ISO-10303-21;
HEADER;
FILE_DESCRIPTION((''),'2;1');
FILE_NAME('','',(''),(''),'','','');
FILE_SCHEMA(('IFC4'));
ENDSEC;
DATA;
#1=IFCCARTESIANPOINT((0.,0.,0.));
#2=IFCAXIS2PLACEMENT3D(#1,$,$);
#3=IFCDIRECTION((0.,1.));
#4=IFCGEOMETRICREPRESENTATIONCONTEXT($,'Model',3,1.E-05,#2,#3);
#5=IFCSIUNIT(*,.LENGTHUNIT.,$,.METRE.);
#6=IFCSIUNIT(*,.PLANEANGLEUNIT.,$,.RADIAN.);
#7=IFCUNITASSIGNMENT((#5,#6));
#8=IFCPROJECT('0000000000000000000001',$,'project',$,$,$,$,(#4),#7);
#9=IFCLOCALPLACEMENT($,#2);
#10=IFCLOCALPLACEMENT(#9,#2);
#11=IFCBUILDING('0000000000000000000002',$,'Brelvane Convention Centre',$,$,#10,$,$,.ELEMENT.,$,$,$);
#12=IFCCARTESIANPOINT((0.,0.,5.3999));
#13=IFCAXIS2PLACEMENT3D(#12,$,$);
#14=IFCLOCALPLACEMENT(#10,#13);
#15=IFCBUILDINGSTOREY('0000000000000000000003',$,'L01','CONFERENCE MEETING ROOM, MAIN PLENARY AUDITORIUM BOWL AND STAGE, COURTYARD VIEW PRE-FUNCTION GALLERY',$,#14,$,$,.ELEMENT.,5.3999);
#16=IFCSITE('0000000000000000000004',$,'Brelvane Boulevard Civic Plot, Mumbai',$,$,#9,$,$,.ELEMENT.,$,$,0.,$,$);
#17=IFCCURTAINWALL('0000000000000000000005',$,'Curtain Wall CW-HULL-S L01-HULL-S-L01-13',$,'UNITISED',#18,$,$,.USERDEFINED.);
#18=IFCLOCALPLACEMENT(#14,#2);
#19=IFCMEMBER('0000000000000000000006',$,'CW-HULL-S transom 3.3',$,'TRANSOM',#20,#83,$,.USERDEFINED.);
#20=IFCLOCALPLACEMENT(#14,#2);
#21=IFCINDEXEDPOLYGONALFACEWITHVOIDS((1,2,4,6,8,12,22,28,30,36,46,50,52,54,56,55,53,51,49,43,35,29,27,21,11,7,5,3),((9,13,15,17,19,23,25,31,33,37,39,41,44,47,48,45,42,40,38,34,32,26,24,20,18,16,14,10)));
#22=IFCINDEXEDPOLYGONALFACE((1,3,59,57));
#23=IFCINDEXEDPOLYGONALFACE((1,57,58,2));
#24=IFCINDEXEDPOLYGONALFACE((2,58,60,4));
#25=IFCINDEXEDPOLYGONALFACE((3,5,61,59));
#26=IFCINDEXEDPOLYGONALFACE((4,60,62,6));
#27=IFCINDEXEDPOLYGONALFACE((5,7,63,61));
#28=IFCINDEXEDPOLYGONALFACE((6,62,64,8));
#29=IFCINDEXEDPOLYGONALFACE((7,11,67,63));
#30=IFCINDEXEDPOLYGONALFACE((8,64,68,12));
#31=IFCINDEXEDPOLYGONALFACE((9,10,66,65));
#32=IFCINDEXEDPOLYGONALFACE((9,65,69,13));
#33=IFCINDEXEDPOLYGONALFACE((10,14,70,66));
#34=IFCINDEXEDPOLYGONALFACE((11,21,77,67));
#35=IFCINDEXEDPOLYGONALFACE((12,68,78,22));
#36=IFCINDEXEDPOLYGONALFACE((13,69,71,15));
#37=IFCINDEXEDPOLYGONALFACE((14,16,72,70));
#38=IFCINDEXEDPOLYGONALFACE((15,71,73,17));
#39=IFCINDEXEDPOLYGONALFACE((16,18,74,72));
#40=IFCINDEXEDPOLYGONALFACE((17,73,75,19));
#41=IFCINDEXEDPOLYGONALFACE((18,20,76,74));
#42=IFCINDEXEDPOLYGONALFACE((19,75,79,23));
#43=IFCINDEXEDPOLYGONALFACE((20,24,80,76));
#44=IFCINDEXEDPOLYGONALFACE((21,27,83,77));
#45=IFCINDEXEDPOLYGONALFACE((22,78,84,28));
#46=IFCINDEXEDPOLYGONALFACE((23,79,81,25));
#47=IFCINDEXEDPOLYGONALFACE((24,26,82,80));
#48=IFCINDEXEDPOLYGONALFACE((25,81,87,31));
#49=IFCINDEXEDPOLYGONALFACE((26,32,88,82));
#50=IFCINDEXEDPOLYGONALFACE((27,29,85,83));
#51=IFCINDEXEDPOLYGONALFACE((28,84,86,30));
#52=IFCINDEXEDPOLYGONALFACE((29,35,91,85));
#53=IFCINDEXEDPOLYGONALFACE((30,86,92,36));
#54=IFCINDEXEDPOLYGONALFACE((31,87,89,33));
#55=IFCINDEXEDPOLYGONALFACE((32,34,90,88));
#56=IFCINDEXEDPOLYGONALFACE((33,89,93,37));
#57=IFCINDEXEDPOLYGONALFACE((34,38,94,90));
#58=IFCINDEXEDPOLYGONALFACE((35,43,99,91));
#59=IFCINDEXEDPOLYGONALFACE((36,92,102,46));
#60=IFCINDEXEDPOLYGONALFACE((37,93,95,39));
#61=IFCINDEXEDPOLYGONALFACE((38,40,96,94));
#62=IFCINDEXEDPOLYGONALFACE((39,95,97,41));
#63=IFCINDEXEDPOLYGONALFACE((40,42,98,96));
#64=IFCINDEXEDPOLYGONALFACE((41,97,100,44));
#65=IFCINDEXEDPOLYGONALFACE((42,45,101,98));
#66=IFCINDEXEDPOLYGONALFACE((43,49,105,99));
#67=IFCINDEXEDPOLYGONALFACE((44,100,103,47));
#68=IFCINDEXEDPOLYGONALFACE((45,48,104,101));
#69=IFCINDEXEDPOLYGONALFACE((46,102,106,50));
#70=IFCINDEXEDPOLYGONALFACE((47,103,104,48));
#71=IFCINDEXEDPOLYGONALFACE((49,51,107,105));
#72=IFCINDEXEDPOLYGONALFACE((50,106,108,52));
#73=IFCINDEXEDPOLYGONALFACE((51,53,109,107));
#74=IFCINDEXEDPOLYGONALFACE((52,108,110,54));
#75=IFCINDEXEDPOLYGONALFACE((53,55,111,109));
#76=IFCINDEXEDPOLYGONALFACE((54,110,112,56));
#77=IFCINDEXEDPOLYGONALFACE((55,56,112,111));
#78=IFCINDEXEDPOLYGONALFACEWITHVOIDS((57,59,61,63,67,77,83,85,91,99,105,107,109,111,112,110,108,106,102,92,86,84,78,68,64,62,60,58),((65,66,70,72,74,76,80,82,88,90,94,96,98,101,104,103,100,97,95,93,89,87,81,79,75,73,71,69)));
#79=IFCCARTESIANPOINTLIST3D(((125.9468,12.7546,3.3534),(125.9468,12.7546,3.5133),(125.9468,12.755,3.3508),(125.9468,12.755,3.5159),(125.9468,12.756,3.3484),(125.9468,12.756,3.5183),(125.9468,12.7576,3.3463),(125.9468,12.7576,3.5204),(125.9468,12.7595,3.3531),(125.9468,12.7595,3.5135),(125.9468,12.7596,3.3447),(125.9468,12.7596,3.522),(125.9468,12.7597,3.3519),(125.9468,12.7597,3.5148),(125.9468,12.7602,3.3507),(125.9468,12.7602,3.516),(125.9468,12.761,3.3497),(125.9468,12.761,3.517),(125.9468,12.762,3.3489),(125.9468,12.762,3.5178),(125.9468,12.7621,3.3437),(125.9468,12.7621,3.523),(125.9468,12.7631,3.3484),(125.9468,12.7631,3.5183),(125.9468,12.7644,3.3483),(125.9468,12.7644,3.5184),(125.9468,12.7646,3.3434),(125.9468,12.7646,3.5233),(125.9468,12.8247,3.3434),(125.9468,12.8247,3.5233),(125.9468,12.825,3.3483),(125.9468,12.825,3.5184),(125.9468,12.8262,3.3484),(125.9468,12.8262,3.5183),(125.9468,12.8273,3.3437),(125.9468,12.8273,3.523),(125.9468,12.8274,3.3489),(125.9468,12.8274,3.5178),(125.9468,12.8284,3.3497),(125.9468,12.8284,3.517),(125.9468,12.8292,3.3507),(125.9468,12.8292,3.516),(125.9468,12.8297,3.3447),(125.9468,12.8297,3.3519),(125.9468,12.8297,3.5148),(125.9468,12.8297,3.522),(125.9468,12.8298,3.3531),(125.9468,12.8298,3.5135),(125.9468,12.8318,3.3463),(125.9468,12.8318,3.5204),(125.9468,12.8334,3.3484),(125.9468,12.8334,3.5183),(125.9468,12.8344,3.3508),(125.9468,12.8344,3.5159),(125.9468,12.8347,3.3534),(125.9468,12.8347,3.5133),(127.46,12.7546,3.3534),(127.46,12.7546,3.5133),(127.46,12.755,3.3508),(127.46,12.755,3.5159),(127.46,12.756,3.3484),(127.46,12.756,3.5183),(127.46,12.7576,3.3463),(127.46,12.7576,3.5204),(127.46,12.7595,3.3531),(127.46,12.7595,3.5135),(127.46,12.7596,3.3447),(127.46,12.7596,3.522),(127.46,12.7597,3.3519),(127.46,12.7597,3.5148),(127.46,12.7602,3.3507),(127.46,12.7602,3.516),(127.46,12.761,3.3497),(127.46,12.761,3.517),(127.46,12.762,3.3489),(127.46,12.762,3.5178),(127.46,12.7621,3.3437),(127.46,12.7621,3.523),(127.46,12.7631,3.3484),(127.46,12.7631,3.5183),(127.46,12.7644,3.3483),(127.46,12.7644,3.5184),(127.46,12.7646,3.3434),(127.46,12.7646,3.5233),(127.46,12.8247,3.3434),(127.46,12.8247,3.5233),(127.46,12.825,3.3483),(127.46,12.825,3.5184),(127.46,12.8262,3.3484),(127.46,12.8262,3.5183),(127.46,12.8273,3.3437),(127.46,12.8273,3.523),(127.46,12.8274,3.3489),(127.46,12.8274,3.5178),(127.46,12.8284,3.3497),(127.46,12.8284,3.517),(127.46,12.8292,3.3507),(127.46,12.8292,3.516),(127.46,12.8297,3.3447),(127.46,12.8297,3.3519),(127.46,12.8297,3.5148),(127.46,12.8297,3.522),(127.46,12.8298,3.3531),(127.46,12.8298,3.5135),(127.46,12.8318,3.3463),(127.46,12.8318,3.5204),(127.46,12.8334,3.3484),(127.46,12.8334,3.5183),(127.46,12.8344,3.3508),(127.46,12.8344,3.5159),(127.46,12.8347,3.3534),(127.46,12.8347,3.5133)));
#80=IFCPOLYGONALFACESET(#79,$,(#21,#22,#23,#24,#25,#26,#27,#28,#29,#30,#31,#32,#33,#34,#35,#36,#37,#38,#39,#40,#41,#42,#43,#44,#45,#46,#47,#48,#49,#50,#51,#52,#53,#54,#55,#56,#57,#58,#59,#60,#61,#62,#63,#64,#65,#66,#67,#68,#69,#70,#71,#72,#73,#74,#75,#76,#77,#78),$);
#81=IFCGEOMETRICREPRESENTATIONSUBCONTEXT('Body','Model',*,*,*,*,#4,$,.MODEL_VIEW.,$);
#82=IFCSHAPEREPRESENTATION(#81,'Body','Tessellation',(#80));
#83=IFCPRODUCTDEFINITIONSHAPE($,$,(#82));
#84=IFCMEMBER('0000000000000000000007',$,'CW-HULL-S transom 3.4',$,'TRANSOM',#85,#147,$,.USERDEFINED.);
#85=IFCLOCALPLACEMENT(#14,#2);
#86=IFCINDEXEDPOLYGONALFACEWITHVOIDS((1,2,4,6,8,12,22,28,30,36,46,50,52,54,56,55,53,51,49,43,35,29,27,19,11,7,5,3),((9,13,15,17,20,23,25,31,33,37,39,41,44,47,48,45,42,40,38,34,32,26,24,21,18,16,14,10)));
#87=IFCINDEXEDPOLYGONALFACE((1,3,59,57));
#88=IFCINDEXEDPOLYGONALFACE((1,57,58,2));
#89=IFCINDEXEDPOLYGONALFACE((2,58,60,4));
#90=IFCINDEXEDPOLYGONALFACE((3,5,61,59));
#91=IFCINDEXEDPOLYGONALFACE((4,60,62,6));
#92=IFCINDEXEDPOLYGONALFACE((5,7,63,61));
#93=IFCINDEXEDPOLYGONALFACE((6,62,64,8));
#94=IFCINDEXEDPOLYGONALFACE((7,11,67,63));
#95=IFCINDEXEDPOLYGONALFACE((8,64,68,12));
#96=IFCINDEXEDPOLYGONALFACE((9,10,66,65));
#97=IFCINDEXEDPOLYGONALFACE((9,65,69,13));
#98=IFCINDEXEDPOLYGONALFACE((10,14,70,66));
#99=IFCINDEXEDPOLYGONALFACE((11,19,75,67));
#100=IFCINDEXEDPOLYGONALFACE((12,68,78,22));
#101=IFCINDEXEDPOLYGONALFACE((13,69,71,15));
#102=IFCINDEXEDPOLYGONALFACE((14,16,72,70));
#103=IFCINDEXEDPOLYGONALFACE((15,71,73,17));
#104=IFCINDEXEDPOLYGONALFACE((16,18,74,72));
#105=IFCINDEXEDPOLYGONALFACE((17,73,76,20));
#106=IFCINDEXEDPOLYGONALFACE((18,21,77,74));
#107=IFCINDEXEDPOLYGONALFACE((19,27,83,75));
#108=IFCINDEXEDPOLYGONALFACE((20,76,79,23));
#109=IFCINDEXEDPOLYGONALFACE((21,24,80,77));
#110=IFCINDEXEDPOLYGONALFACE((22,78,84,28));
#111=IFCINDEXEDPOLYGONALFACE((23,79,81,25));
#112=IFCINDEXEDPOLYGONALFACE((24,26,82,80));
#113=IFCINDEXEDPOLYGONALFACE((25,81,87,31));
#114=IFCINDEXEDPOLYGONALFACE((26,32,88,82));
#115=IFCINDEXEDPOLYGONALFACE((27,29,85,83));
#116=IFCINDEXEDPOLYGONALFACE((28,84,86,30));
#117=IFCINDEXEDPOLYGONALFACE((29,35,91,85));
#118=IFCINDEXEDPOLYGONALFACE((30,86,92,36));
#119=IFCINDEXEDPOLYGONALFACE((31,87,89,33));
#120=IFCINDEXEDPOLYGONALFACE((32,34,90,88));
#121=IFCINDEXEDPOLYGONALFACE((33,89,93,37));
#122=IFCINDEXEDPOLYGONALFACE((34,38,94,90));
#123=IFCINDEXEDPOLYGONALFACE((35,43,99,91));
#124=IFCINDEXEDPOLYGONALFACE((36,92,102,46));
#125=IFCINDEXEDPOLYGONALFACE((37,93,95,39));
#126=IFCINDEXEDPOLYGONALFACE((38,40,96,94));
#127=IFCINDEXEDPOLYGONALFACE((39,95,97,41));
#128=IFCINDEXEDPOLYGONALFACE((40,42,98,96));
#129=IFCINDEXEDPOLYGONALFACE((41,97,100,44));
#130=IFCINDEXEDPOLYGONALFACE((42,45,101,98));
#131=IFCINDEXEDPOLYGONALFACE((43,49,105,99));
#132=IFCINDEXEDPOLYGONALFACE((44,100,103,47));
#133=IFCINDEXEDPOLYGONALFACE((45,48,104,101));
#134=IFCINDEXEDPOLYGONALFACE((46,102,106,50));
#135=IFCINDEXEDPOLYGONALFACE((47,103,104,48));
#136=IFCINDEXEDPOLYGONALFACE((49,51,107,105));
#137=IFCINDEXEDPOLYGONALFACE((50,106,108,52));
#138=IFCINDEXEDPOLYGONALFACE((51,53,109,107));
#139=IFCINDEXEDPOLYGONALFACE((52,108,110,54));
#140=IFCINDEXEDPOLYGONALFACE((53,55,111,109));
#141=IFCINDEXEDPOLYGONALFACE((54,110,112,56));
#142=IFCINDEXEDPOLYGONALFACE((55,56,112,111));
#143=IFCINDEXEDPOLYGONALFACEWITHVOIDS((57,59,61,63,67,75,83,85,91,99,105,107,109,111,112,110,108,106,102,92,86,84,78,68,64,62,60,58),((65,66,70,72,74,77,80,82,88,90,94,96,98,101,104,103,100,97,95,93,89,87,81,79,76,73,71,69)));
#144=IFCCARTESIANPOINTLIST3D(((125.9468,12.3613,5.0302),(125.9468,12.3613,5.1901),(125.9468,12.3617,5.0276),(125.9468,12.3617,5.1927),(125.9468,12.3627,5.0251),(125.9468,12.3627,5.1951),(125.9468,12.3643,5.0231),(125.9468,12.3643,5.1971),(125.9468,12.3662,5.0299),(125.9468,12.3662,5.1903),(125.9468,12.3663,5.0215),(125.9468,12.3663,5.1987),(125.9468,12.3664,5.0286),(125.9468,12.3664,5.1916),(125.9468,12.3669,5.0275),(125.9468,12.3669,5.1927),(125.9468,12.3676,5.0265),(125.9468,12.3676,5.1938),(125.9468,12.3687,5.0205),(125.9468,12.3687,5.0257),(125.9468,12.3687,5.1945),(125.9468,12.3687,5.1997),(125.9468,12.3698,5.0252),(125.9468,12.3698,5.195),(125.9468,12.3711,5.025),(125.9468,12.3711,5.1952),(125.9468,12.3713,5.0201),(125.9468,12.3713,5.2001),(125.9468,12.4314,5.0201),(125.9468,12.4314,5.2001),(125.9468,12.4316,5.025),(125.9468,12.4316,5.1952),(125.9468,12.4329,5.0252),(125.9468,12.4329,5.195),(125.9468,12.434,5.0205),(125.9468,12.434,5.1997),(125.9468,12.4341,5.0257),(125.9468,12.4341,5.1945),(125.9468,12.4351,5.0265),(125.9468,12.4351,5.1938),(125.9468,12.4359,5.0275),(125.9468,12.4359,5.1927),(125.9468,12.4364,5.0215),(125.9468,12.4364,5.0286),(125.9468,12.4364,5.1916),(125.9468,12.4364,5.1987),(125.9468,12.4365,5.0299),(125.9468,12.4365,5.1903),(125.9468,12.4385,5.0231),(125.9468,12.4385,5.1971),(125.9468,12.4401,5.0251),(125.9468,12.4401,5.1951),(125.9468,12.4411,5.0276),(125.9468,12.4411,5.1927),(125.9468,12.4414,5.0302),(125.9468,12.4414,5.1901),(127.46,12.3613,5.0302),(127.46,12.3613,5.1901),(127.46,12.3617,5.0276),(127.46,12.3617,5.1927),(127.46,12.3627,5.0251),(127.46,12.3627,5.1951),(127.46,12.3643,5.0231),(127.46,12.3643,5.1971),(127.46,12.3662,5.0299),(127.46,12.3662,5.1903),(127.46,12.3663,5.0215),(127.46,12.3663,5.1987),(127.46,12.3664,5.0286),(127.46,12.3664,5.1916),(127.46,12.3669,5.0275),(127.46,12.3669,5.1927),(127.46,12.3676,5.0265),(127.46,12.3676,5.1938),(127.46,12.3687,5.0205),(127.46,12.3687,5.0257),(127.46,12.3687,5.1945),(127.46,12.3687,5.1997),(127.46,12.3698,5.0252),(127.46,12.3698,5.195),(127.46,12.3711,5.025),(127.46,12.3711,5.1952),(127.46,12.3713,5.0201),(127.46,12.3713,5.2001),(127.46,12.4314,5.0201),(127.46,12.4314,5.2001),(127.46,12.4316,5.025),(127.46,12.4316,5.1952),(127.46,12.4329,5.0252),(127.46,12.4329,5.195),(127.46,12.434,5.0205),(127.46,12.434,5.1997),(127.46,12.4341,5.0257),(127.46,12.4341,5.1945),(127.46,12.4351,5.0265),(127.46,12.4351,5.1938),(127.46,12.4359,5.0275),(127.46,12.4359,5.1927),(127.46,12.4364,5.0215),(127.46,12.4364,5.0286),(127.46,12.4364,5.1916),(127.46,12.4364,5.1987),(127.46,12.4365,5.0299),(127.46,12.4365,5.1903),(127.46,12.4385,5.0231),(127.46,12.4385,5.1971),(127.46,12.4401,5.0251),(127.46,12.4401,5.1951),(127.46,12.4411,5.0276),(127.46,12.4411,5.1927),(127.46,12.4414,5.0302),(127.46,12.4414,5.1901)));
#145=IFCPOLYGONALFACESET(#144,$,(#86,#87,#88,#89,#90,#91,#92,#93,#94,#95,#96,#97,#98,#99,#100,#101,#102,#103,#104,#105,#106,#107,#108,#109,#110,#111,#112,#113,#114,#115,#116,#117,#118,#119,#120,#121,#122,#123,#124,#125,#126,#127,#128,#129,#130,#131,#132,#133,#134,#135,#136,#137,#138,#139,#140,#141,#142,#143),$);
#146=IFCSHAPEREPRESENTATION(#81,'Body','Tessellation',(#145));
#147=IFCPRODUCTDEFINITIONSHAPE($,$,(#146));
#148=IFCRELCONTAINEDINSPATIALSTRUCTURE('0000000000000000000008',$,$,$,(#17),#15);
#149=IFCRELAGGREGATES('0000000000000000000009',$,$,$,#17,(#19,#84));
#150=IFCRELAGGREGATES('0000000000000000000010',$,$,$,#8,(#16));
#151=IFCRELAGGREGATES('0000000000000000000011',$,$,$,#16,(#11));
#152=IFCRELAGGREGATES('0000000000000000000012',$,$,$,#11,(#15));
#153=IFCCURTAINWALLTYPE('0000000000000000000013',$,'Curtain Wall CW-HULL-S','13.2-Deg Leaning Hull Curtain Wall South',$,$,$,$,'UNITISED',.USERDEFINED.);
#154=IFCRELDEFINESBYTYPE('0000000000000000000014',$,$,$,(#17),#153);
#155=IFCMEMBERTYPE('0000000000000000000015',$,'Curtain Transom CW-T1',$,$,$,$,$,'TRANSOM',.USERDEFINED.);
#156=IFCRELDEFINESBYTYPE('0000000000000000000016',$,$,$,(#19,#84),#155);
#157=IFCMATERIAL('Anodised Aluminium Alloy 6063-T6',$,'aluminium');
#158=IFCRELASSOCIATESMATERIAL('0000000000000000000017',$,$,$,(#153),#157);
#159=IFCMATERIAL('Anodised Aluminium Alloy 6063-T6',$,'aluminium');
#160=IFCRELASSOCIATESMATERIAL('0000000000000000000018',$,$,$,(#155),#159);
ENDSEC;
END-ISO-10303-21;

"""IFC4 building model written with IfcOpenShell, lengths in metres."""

from ifc_helpers import new_model, si_unit, direction, frame, origin, origin_2d, place, context, subcontext, project, spatial, hollow_rectangle, extrude, material, material_profile, profile_set, type_object, element, aggregate, save


model = new_model("IFC4")

# Units and contexts
model_context = context("Model", 3, precision=1e-05, world=origin(), true_north=direction((0.0, 1.0)))
body_context = subcontext(model_context, "Body", "Model", "MODEL_VIEW")
ifc_project = project(units=[si_unit("LENGTHUNIT", "METRE"), si_unit("PLANEANGLEUNIT", "RADIAN")], contexts=[model_context])

# Site, building, storey
site_placement = place(None, origin())
site = spatial("IfcSite", under=ifc_project, at=site_placement, Name="Brelvane Boulevard Civic Plot, Mumbai", CompositionType="ELEMENT", RefElevation=0.0)
building_placement = place(site_placement, origin())
building = spatial("IfcBuilding", under=site, at=building_placement, Name="Brelvane Convention Centre", CompositionType="ELEMENT")
storey_placement = place(building_placement, frame((0.0, 0.0, 5.3999)))
storey = spatial("IfcBuildingStorey", under=building, at=storey_placement, Name="L01", Description="CONFERENCE MEETING ROOM, MAIN PLENARY AUDITORIUM BOWL AND STAGE, COURTYARD VIEW PRE-FUNCTION GALLERY", CompositionType="ELEMENT", Elevation=5.3999)

# Curtain wall, members
ifc_material_1 = material(Name="Anodised Aluminium Alloy 6063-T6", Category="aluminium")
curtain_wall_type = type_object("IfcCurtainWallType", Name="Curtain Wall CW-HULL-S", Description="13.2-Deg Leaning Hull Curtain Wall South", ElementType="UNITISED", PredefinedType="USERDEFINED", material=ifc_material_1)
ifc_material_2 = material(Name="Anodised Aluminium Alloy 6063-T6", Category="aluminium")
ifc_material_profile = material_profile(ifc_material_2, hollow_rectangle(XDim=0.0801, YDim=0.1799, WallThickness=0.0049, InnerFilletRadius=0.0049, OuterFilletRadius=0.01, at=origin_2d()), Name="ALU-T 180x80x5.0")
ifc_profile_set = profile_set([ifc_material_profile], Name="Anodised Aluminium Alloy 6063-T6")
member_type = type_object("IfcMemberType", Name="Curtain Transom CW-T1", ElementType="TRANSOM", PredefinedType="USERDEFINED", material=ifc_profile_set)
curtain_wall_1_placement = place(storey_placement, origin())
curtain_wall_1 = element("IfcCurtainWall", 1, at=curtain_wall_1_placement, inside=storey, type_object=curtain_wall_type, Name="Curtain Wall CW-HULL-S L01-HULL-S-L01-13", ObjectType="UNITISED", PredefinedType="USERDEFINED")
member_1_placement = place(storey_placement, frame((125.9468, 12.7947, 3.4333), z_axis=(1.0, 0.0, 0.0), x_axis=(0.0, 1.0, 0.0)))
member_1 = element("IfcMember", 2, at=member_1_placement, type_object=member_type, Name="CW-HULL-S transom 3.3", ObjectType="TRANSOM", PredefinedType="USERDEFINED", context=body_context, shape_type="SweptSolid", body=[
    extrude(hollow_rectangle(XDim=0.0801, YDim=0.1799, WallThickness=0.0049, InnerFilletRadius=0.0049, OuterFilletRadius=0.01, at=origin_2d()), origin(), (0.0, 0.0, 1.0), 1.5132),
])
member_2_placement = place(storey_placement, frame((125.9468, 12.4014, 5.1101), z_axis=(1.0, 0.0, 0.0), x_axis=(0.0, 1.0, 0.0)))
member_2 = element("IfcMember", 3, at=member_2_placement, type_object=member_type, Name="CW-HULL-S transom 3.4", ObjectType="TRANSOM", PredefinedType="USERDEFINED", context=body_context, shape_type="SweptSolid", body=[
    extrude(hollow_rectangle(XDim=0.0801, YDim=0.1799, WallThickness=0.0049, InnerFilletRadius=0.0049, OuterFilletRadius=0.01, at=origin_2d()), origin(), (0.0, 0.0, 1.0), 1.5132),
])

aggregate(curtain_wall_1, [member_1, member_2])

save(model, "model.ifc")
